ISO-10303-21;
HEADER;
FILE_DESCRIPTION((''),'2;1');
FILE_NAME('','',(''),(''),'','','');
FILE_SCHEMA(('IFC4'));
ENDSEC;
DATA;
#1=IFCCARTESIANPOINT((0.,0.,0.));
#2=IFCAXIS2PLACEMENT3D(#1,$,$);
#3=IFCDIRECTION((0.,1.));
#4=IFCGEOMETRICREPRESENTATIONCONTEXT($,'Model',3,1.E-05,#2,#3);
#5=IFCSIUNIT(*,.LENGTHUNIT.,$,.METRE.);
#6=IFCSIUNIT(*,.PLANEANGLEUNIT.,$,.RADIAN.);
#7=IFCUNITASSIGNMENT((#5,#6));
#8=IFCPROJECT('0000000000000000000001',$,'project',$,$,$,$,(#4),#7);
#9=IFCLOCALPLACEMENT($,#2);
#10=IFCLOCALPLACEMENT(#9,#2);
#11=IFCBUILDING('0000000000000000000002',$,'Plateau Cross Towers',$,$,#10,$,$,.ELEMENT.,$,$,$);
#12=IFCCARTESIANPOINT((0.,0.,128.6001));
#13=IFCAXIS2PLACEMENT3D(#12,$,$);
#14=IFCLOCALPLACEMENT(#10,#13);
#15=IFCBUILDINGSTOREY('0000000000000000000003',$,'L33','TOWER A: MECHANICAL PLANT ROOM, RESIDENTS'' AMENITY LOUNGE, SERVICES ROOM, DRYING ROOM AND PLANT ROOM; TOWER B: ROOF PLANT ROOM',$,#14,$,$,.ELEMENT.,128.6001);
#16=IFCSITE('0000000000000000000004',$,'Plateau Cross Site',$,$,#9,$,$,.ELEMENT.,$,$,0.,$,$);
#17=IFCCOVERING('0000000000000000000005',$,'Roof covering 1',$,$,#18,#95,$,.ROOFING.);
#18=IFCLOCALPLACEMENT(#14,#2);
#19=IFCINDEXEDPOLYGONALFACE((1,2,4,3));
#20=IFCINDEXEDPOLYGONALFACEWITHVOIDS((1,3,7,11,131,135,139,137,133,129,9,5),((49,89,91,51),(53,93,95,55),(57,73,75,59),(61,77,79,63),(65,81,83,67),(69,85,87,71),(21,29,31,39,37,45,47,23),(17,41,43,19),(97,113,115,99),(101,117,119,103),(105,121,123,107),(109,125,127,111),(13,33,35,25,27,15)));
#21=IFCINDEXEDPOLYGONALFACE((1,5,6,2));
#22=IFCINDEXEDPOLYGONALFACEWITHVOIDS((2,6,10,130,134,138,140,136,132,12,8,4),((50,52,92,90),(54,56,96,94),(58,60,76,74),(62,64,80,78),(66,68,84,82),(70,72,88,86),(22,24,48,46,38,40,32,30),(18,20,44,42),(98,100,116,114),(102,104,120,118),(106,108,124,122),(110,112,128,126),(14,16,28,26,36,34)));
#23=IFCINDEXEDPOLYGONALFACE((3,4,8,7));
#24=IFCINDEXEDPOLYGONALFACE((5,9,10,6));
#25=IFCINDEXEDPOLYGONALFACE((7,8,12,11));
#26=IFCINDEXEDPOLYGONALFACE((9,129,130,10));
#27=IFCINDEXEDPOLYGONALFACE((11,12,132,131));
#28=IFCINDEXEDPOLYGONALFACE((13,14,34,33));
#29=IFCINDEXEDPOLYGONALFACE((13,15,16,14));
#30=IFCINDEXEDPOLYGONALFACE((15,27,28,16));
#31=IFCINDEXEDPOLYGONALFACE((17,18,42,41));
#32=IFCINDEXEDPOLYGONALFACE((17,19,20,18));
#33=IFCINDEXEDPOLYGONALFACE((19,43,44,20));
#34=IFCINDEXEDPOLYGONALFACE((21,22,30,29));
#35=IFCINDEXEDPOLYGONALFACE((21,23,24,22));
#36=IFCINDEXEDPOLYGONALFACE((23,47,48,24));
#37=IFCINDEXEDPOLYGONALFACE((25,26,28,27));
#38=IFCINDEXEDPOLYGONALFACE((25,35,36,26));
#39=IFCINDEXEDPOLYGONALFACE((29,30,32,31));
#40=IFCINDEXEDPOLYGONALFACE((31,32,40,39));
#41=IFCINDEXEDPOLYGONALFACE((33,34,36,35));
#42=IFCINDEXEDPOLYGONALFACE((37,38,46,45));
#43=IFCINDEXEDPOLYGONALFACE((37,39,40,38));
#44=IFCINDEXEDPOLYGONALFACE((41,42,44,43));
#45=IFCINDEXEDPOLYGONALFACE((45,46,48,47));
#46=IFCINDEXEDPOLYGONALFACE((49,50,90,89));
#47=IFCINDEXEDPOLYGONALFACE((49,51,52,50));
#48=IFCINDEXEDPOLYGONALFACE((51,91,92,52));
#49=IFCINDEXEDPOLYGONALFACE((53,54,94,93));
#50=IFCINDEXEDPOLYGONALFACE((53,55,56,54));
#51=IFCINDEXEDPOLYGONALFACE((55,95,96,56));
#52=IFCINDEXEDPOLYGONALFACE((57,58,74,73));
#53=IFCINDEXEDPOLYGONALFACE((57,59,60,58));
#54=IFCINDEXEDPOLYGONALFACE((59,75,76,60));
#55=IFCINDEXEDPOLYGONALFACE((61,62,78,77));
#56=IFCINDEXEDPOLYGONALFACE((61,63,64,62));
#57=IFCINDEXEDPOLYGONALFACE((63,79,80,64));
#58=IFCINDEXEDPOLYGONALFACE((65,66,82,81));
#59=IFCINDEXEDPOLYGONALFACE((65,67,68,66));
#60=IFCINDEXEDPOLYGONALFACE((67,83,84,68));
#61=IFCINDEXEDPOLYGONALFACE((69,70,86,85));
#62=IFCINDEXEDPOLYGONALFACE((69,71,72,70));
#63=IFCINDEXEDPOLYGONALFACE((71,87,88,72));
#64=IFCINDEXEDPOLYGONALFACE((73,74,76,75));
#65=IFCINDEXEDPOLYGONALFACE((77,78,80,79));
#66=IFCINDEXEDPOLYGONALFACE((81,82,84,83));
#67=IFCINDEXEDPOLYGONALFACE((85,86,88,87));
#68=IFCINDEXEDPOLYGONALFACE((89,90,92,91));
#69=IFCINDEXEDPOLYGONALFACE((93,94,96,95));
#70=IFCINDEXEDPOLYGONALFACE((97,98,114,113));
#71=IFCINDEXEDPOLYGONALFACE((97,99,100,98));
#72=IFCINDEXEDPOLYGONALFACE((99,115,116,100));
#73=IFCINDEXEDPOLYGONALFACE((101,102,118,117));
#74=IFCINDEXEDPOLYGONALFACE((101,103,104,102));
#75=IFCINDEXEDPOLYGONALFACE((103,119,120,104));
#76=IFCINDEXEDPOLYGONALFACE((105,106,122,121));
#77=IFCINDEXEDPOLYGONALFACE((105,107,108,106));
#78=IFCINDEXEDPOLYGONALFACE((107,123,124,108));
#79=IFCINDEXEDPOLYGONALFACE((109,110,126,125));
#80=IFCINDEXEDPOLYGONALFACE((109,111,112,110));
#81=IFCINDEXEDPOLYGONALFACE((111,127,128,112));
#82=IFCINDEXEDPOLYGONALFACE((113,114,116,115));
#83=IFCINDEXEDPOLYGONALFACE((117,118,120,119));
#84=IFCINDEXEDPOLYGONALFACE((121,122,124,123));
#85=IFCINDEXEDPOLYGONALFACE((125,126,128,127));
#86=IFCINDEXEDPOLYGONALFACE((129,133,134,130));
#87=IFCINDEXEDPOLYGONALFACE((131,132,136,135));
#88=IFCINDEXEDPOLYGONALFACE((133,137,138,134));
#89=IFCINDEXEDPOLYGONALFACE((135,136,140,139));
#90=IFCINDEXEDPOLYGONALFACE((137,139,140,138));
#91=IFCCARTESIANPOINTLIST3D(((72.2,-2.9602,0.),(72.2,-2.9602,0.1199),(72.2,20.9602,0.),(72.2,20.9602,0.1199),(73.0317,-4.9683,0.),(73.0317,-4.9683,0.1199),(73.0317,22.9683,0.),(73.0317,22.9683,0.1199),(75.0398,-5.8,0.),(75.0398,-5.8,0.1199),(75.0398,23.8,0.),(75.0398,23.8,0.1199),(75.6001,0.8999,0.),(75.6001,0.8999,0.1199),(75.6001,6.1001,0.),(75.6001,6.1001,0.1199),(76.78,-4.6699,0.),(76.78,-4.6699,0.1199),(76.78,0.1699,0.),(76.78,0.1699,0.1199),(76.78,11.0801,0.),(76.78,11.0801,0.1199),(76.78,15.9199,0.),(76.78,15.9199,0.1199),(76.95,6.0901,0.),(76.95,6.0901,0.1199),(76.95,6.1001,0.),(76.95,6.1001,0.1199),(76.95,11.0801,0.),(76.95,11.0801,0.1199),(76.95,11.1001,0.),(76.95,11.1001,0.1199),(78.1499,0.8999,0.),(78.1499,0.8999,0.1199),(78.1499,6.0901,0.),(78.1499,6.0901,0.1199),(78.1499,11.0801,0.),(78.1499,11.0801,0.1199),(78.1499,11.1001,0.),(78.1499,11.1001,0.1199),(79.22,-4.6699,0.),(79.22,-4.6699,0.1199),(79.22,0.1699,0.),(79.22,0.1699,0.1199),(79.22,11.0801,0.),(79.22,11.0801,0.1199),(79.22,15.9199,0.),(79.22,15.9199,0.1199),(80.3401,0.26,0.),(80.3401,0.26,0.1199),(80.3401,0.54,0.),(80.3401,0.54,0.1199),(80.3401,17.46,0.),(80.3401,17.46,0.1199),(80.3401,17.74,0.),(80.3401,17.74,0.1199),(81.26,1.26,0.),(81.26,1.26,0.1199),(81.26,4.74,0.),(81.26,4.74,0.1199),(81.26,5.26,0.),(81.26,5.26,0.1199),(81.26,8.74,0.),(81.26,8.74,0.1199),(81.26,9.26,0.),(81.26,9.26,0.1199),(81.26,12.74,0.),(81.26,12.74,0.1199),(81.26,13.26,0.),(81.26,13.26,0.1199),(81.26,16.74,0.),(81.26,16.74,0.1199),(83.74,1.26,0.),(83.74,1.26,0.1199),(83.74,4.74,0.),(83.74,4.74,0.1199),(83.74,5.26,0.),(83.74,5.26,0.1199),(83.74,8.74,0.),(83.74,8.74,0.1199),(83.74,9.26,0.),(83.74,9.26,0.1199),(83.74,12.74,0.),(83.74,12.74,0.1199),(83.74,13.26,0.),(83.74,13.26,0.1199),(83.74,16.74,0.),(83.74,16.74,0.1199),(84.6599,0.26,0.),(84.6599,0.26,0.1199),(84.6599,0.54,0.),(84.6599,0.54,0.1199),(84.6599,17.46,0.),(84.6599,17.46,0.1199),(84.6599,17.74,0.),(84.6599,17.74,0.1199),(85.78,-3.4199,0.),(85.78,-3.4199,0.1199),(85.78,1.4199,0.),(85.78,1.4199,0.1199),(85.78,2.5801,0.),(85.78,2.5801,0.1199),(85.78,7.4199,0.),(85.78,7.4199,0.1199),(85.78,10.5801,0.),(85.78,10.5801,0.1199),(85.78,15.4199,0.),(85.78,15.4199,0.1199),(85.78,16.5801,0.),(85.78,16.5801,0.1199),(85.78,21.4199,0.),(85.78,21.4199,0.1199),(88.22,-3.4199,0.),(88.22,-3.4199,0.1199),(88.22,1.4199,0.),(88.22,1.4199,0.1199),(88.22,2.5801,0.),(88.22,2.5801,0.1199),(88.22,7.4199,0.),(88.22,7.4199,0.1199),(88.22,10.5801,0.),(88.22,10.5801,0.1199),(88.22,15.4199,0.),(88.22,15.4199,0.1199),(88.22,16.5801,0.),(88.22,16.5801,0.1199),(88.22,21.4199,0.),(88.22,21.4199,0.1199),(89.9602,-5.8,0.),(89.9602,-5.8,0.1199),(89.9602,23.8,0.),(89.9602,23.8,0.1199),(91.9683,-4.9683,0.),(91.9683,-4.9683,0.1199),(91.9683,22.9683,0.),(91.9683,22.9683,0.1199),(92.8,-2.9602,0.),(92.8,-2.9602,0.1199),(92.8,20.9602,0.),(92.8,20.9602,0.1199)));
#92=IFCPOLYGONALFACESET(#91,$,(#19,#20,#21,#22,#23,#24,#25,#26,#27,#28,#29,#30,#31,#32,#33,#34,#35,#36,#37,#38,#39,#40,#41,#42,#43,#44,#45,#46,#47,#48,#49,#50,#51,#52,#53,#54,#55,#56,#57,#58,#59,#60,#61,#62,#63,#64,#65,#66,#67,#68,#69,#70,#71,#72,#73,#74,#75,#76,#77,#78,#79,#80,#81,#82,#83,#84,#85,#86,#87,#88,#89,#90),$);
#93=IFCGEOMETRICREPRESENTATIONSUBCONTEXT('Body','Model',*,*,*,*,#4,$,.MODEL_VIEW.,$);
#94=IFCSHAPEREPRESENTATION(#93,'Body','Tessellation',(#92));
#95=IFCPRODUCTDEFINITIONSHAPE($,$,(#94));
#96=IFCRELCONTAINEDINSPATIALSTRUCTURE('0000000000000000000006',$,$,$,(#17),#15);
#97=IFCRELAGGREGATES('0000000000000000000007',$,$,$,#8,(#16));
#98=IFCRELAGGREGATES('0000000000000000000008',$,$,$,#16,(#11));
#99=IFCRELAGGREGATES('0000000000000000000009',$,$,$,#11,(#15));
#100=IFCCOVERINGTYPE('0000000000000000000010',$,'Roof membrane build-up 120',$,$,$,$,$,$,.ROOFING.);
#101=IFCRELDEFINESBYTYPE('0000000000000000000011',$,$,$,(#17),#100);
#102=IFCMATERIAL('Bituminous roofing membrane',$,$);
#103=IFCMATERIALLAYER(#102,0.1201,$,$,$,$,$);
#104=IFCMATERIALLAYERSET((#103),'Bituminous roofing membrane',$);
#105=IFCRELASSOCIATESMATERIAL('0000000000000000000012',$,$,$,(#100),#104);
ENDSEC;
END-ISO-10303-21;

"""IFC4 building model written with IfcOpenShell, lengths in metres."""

from ifc_helpers import new_model, si_unit, direction, frame, origin, place, context, subcontext, project, spatial, polyline, outline, extrude, material, layer, layer_set, type_object, element, save


model = new_model("IFC4")

# Units and contexts
model_context = context("Model", 3, precision=1e-05, world=origin(), true_north=direction((0.0, 1.0)))
body_context = subcontext(model_context, "Body", "Model", "MODEL_VIEW")
ifc_project = project(units=[si_unit("LENGTHUNIT", "METRE"), si_unit("PLANEANGLEUNIT", "RADIAN")], contexts=[model_context])

# Site, building, storey
site_placement = place(None, origin())
site = spatial("IfcSite", under=ifc_project, at=site_placement, Name="Plateau Cross Site", CompositionType="ELEMENT", RefElevation=0.0)
building_placement = place(site_placement, origin())
building = spatial("IfcBuilding", under=site, at=building_placement, Name="Plateau Cross Towers", CompositionType="ELEMENT")
storey_placement = place(building_placement, frame((0.0, 0.0, 128.6001)))
storey = spatial("IfcBuildingStorey", under=building, at=storey_placement, Name="L33", Description="TOWER A: MECHANICAL PLANT ROOM, RESIDENTS' AMENITY LOUNGE, SERVICES ROOM, DRYING ROOM AND PLANT ROOM; TOWER B: ROOF PLANT ROOM", CompositionType="ELEMENT", Elevation=128.6001)

# Covering
ifc_material_1 = material(Name="Bituminous roofing membrane")
ifc_layer_1 = layer(ifc_material_1, 0.1201)
ifc_layer_set_1 = layer_set([ifc_layer_1], Name="Bituminous roofing membrane")
covering_type = type_object("IfcCoveringType", Name="Roof membrane build-up 120", PredefinedType="ROOFING", material=ifc_layer_set_1)
covering_1_placement = place(storey_placement, origin())
element("IfcCovering", 1, at=covering_1_placement, inside=storey, type_object=covering_type, Name="Roof covering 1", PredefinedType="ROOFING", context=body_context, shape_type="SweptSolid", body=[
    extrude(outline(polyline([(72.2, 20.9602), (73.0317, 22.9683), (75.0398, 23.8), (89.9602, 23.8), (91.9683, 22.9683), (92.8, 20.9602), (92.8, -2.9602), (91.9683, -4.9683), (89.9602, -5.8), (75.0398, -5.8), (73.0317, -4.9683), (72.2, -2.9602), (72.2, 20.9602)]), holes=[polyline([(85.78, 1.4199), (85.78, -3.4199), (88.22, -3.4199), (88.22, 1.4199), (85.78, 1.4199)]), polyline([(85.78, 15.4199), (85.78, 10.5801), (88.22, 10.5801), (88.22, 15.4199), (85.78, 15.4199)]), polyline([(88.22, 2.5801), (88.22, 7.4199), (85.78, 7.4199), (85.78, 2.5801), (88.22, 2.5801)]), polyline([(88.22, 16.5801), (88.22, 21.4199), (85.78, 21.4199), (85.78, 16.5801), (88.22, 16.5801)]), polyline([(80.3401, 0.54), (80.3401, 0.26), (84.6599, 0.26), (84.6599, 0.54), (80.3401, 0.54)]), polyline([(84.6599, 17.46), (84.6599, 17.74), (80.3401, 17.74), (80.3401, 17.46), (84.6599, 17.46)]), polyline([(81.26, 1.26), (83.74, 1.26), (83.74, 4.74), (81.26, 4.74), (81.26, 1.26)]), polyline([(81.26, 13.26), (83.74, 13.26), (83.74, 16.74), (81.26, 16.74), (81.26, 13.26)]), polyline([(83.74, 5.26), (83.74, 8.74), (81.26, 8.74), (81.26, 5.26), (83.74, 5.26)]), polyline([(83.74, 9.26), (83.74, 12.74), (81.26, 12.74), (81.26, 9.26), (83.74, 9.26)]), polyline([(79.22, -4.6699), (79.22, 0.1699), (76.78, 0.1699), (76.78, -4.6699), (79.22, -4.6699)]), polyline([(76.78, 11.0801), (76.78, 15.9199), (79.22, 15.9199), (79.22, 11.0801), (78.1499, 11.0801), (78.1499, 11.1001), (76.95, 11.1001), (76.95, 11.0801), (76.78, 11.0801)]), polyline([(78.1499, 0.8999), (75.6001, 0.8999), (75.6001, 6.1001), (76.95, 6.1001), (76.95, 6.0901), (78.1499, 6.0901), (78.1499, 0.8999)])]), origin(), (0.0, 0.0, 1.0), 0.1199),
])

save(model, "model.ifc")
